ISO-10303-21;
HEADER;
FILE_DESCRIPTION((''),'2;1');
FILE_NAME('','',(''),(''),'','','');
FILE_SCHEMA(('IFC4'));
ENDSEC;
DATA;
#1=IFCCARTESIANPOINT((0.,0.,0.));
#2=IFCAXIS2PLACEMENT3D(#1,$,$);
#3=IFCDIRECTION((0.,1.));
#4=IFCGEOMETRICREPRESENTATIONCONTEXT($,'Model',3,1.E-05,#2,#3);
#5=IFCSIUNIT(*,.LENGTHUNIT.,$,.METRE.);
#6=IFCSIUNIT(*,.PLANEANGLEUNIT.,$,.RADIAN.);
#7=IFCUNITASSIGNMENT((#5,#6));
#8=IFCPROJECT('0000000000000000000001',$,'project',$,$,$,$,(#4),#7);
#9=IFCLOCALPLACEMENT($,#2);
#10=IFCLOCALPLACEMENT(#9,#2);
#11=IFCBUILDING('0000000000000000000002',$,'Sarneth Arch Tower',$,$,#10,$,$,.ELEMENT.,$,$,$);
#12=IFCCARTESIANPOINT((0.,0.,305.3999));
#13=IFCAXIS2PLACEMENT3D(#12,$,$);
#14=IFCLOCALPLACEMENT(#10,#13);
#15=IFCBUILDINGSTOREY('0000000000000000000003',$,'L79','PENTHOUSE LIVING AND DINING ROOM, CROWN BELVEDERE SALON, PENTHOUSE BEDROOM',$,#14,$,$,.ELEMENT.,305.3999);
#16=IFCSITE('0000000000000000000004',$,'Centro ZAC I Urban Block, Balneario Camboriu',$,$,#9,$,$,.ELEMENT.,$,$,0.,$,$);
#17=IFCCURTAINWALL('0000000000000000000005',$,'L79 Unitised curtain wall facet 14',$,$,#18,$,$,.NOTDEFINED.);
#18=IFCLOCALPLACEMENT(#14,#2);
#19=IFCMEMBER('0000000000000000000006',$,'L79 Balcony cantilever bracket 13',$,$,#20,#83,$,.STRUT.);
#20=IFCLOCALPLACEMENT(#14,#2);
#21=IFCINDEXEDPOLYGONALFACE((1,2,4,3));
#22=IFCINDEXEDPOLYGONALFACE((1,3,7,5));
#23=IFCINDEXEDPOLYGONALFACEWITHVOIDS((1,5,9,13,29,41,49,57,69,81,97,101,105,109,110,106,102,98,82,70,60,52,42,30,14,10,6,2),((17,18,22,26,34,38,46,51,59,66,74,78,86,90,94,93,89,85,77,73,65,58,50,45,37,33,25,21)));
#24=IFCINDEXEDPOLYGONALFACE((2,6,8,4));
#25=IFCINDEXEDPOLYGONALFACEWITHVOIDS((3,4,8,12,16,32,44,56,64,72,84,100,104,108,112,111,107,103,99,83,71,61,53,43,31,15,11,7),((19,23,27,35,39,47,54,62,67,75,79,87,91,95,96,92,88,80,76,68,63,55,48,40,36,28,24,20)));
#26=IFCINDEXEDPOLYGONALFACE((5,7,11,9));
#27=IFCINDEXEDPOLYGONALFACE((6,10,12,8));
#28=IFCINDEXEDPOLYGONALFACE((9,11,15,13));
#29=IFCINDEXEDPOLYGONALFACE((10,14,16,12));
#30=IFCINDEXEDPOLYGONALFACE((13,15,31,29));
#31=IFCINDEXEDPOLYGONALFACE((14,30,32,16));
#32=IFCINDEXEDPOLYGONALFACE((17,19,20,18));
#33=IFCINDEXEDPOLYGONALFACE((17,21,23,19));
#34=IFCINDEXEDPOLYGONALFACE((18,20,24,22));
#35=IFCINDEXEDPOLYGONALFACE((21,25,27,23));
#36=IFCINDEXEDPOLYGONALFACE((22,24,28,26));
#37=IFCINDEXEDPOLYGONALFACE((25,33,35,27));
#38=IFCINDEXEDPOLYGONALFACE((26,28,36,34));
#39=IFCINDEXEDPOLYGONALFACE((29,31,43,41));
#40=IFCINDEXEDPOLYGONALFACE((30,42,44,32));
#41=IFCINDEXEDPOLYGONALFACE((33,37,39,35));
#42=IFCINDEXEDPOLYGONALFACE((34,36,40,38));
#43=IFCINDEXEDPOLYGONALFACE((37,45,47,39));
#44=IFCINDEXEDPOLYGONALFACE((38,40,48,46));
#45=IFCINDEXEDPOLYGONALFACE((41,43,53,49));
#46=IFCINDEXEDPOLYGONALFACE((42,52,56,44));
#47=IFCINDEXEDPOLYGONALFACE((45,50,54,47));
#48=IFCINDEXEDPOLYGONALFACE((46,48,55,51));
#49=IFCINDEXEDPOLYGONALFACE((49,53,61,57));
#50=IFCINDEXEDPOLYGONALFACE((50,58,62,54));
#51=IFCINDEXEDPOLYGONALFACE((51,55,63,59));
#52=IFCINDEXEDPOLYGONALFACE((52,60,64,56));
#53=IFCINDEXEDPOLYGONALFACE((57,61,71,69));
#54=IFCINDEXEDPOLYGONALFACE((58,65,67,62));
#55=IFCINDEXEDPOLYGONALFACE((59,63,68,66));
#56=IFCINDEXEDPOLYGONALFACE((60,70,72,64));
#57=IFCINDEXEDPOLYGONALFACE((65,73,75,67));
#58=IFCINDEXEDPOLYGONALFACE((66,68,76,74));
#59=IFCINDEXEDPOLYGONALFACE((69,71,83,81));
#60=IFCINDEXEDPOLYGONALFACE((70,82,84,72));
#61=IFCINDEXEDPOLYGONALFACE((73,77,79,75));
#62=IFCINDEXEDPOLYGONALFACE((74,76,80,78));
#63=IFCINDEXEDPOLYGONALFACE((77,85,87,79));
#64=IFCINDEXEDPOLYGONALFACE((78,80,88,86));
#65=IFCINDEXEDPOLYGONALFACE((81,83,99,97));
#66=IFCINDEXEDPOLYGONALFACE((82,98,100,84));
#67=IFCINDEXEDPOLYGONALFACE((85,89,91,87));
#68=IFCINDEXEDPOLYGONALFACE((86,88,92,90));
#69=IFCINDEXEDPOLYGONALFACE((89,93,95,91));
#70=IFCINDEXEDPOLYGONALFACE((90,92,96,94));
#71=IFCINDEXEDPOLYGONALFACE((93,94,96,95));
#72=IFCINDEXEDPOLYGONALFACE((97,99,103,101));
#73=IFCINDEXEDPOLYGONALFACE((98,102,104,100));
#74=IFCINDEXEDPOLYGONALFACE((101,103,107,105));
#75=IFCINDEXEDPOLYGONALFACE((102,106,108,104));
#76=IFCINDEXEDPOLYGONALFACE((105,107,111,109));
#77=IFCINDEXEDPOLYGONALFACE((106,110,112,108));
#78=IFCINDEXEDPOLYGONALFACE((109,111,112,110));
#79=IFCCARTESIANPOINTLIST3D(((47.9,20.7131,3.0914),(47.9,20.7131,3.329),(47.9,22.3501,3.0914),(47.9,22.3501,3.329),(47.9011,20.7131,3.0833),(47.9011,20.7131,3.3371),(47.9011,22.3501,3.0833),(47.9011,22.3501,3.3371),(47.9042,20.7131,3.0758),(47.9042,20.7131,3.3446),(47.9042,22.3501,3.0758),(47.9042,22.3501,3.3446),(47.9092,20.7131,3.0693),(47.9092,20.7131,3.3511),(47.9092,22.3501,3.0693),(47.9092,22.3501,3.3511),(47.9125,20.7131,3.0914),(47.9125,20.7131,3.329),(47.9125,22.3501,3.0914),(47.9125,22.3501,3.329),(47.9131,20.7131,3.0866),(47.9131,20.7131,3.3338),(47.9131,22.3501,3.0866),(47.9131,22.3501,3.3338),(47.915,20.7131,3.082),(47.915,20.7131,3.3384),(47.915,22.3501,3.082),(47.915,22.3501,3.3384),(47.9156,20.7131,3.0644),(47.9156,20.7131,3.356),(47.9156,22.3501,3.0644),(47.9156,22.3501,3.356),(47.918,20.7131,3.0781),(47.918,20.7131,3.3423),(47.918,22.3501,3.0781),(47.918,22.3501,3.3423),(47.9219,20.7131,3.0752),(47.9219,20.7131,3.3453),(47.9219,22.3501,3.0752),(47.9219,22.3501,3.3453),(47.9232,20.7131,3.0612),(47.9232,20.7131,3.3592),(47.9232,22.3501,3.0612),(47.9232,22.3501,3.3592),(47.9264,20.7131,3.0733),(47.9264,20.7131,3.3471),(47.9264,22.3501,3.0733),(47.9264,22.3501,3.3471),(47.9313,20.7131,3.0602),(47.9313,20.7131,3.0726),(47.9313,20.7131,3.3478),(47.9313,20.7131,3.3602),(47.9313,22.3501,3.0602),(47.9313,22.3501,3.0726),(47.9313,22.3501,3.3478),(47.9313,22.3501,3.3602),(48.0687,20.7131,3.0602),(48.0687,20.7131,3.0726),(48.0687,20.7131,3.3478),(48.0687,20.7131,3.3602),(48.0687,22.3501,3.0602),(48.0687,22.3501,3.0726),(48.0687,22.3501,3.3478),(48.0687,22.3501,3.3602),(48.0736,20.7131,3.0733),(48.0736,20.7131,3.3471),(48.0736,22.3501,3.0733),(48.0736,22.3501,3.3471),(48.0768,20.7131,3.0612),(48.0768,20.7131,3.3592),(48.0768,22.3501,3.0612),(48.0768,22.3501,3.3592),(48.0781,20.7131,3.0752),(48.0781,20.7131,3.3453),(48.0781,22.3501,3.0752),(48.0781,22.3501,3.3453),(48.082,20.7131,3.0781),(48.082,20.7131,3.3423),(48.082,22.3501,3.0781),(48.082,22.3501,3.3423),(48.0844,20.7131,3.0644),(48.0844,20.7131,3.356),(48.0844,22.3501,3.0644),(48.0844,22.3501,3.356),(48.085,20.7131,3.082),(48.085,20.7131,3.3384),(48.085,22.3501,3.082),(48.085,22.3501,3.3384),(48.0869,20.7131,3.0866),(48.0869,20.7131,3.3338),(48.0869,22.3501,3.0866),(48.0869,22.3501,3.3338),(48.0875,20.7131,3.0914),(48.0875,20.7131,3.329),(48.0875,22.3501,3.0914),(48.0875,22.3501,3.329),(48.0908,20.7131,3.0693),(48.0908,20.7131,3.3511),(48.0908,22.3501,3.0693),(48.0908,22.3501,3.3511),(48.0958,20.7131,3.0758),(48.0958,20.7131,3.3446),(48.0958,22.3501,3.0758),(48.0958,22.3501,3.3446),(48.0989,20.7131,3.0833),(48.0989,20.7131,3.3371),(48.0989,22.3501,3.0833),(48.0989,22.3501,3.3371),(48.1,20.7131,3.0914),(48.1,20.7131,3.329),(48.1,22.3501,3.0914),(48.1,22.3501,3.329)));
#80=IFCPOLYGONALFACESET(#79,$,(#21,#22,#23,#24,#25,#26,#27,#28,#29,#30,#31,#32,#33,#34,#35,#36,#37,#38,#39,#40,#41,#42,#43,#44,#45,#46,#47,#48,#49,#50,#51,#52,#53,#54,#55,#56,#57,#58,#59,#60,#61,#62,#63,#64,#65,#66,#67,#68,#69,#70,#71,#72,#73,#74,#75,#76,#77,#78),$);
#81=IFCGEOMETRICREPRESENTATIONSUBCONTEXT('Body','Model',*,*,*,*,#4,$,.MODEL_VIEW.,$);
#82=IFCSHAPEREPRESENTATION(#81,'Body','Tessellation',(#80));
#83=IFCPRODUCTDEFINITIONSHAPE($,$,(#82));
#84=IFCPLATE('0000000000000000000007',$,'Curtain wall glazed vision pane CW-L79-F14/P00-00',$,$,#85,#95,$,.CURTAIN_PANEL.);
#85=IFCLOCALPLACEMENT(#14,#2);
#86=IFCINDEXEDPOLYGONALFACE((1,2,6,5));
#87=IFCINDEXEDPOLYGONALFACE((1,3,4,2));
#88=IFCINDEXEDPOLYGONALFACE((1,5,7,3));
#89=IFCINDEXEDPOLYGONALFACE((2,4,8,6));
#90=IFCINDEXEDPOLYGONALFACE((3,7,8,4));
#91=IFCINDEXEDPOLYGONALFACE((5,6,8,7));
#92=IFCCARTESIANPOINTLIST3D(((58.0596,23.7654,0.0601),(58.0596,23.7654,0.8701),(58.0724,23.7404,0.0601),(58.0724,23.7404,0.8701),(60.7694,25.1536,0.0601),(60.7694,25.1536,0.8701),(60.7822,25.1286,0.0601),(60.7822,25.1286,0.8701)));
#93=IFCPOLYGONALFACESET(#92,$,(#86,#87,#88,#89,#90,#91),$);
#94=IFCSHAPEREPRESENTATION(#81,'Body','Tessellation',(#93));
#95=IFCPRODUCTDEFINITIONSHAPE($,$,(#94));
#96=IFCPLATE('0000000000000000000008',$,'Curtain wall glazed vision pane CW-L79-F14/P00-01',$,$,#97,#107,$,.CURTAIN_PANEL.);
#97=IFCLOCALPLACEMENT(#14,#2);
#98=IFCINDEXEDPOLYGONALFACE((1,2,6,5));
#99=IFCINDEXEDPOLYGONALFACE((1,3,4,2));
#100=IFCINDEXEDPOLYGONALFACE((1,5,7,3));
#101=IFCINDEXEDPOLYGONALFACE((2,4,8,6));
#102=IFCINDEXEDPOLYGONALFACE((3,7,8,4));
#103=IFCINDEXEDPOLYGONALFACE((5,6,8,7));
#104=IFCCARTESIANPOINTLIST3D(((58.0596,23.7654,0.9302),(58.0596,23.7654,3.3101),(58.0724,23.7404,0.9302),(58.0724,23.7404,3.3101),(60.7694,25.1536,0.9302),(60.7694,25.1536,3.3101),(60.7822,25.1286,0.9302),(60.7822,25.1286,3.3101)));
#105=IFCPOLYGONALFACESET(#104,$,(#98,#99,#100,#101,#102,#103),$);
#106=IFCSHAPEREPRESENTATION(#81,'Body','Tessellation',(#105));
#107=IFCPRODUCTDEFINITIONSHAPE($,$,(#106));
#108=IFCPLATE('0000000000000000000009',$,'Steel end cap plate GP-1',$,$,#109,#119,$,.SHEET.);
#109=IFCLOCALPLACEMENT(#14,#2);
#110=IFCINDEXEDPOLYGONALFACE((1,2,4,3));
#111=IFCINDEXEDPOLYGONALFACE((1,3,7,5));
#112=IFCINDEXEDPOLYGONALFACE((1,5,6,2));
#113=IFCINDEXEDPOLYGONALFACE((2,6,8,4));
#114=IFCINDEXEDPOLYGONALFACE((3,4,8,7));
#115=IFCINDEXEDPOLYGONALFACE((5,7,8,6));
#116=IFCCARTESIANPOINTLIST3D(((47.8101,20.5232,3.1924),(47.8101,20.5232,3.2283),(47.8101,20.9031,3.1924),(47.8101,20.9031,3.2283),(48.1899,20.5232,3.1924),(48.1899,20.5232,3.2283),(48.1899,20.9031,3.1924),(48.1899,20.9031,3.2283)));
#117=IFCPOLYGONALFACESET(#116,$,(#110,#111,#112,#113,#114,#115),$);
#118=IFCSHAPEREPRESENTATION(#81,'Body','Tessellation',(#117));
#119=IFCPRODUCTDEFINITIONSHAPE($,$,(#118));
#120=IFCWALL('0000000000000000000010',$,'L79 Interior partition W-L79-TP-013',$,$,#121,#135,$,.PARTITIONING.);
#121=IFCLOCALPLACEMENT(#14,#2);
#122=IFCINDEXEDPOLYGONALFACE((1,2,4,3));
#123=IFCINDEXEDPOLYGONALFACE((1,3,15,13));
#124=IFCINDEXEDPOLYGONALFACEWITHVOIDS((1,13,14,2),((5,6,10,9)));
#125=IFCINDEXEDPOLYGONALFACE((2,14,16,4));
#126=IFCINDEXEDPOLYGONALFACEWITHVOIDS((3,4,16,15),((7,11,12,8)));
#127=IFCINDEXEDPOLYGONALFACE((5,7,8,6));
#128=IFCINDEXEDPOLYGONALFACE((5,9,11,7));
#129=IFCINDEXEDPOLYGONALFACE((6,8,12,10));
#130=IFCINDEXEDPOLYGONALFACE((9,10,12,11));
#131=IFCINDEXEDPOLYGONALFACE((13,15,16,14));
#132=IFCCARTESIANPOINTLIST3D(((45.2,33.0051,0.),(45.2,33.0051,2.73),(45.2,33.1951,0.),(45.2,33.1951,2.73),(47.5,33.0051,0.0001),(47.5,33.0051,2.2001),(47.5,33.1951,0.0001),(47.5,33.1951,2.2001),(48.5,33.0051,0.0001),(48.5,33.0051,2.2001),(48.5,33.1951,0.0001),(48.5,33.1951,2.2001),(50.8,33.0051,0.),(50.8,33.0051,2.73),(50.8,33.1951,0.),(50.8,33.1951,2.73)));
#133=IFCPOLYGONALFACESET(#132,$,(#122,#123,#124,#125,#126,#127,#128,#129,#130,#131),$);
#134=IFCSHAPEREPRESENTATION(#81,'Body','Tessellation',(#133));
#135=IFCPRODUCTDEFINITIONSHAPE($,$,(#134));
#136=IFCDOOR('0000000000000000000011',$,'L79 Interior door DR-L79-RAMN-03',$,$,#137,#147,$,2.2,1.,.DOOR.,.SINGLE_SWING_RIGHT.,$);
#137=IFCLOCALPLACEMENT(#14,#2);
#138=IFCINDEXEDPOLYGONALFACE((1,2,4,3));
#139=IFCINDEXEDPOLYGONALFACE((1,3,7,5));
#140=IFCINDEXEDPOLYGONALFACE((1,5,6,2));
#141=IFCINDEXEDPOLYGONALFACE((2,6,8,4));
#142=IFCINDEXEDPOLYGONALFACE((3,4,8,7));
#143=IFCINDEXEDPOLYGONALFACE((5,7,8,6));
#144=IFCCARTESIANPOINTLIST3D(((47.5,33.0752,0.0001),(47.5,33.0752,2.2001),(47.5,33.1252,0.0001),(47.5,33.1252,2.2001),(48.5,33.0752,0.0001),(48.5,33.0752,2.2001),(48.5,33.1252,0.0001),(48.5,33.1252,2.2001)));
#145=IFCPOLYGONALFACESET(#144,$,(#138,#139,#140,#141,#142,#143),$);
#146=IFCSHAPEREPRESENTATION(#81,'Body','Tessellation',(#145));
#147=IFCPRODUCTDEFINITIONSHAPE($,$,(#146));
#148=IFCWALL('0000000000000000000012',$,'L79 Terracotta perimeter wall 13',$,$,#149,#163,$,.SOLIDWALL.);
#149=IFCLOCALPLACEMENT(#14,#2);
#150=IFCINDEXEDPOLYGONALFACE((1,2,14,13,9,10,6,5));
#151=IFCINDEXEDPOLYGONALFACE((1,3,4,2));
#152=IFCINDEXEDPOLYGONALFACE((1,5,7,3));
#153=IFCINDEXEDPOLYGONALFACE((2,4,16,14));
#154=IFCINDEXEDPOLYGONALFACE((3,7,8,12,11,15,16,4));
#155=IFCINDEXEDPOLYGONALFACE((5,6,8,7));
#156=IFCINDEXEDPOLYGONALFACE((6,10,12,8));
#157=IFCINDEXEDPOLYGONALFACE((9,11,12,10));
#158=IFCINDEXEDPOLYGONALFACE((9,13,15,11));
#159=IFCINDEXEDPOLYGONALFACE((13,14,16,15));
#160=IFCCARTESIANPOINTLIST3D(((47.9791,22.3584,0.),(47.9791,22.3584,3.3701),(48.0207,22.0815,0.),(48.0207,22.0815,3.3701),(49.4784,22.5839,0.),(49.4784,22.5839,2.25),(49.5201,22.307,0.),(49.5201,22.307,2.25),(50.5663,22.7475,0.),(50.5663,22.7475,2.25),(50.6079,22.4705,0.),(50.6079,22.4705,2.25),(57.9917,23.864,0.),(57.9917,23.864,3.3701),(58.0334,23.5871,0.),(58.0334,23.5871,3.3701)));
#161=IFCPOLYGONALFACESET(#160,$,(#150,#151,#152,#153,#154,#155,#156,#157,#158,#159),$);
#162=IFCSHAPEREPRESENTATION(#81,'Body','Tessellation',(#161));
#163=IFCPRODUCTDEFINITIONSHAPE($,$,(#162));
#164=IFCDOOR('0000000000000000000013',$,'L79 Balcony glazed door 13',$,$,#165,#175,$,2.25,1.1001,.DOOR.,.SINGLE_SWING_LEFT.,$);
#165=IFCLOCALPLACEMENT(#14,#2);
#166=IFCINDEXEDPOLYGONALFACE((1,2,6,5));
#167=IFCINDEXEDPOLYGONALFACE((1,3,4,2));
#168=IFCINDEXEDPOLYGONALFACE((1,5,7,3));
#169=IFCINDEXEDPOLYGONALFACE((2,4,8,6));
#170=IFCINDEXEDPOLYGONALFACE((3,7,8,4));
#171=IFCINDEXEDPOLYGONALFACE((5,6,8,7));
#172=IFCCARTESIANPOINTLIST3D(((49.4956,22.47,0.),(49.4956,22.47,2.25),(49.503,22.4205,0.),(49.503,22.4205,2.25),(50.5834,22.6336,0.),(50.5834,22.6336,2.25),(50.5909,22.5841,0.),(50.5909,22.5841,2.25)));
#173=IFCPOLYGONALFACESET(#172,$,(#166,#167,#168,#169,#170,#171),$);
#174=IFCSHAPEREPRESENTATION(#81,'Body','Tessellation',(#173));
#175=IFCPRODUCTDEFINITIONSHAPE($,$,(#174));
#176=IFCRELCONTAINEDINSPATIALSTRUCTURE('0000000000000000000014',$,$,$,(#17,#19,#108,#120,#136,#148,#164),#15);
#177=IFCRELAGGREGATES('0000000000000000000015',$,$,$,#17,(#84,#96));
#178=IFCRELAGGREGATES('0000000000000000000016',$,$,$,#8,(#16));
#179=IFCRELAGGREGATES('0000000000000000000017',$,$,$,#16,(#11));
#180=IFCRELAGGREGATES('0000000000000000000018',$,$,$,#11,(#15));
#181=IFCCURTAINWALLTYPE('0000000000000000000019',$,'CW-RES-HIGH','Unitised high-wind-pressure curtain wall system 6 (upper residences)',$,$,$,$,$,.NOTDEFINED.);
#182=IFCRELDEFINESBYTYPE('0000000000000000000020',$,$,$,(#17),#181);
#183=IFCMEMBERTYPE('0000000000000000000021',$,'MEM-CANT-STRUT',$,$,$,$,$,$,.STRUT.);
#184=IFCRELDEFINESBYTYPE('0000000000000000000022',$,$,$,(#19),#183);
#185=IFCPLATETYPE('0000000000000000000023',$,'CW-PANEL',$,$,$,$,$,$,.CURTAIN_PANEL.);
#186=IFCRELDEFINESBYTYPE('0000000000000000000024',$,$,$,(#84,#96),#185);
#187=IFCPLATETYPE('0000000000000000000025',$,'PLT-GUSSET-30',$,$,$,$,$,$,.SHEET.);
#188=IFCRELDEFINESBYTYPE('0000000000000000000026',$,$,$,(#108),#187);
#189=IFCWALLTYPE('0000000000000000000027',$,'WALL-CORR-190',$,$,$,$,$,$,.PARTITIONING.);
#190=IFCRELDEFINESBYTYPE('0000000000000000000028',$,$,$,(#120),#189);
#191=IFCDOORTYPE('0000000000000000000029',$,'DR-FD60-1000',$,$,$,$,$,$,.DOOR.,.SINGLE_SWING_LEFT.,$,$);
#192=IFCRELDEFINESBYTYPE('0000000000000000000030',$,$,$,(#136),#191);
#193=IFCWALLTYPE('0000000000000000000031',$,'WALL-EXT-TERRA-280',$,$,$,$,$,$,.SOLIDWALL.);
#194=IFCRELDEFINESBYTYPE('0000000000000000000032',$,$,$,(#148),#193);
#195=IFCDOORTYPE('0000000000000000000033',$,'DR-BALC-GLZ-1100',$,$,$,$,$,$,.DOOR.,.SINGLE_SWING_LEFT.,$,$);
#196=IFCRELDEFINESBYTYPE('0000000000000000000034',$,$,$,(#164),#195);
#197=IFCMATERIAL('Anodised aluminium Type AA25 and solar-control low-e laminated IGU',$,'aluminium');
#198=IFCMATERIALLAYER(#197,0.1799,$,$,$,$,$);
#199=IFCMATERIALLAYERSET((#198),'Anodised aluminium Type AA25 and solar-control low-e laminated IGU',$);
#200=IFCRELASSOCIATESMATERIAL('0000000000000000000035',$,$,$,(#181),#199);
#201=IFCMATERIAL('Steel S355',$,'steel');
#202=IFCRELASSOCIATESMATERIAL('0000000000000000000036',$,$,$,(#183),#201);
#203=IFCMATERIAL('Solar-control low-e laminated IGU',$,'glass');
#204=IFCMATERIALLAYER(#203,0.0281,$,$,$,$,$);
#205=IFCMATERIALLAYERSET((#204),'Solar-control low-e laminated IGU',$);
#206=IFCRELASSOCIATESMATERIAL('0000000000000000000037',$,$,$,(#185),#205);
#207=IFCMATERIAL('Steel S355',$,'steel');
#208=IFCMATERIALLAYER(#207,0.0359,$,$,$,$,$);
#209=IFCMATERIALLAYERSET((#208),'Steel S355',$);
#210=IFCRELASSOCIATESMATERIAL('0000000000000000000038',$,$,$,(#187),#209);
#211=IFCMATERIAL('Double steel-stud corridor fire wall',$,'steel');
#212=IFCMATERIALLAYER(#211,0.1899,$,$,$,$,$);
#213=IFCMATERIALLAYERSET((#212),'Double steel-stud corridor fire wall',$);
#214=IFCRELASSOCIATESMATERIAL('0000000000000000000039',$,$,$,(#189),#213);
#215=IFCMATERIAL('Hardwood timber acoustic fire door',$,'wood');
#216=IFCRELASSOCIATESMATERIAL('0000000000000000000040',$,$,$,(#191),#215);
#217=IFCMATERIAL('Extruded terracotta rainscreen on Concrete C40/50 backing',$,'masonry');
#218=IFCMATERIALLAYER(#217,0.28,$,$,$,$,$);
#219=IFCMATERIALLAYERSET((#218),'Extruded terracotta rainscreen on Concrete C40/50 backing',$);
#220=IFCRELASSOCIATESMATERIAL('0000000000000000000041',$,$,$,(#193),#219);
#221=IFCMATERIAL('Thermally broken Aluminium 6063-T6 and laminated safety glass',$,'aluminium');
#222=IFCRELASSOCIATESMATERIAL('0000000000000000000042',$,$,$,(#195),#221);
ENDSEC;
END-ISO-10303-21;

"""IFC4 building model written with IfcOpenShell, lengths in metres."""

from ifc_helpers import new_model, si_unit, direction, frame, frame_2d, origin, origin_2d, place, context, subcontext, project, spatial, rectangle, hollow_rectangle, extrude, material, layer, layer_set, material_profile, profile_set, type_object, element, fill, aggregate, save


model = new_model("IFC4")

# Units and contexts
model_context = context("Model", 3, precision=1e-05, world=origin(), true_north=direction((0.0, 1.0)))
body_context = subcontext(model_context, "Body", "Model", "MODEL_VIEW")
ifc_project = project(units=[si_unit("LENGTHUNIT", "METRE"), si_unit("PLANEANGLEUNIT", "RADIAN")], contexts=[model_context])

# Site, building, storey
site_placement = place(None, origin())
site = spatial("IfcSite", under=ifc_project, at=site_placement, Name="Centro ZAC I Urban Block, Balneario Camboriu", CompositionType="ELEMENT", RefElevation=0.0)
building_placement = place(site_placement, origin())
building = spatial("IfcBuilding", under=site, at=building_placement, Name="Sarneth Arch Tower", CompositionType="ELEMENT")
storey_placement = place(building_placement, frame((0.0, 0.0, 305.3999)))
storey = spatial("IfcBuildingStorey", under=building, at=storey_placement, Name="L79", Description="PENTHOUSE LIVING AND DINING ROOM, CROWN BELVEDERE SALON, PENTHOUSE BEDROOM", CompositionType="ELEMENT", Elevation=305.3999)

# Curtain wall
ifc_material_1 = material(Name="Anodised aluminium Type AA25 and solar-control low-e laminated IGU", Category="aluminium")
ifc_layer_1 = layer(ifc_material_1, 0.1799)
ifc_layer_set_1 = layer_set([ifc_layer_1], Name="Anodised aluminium Type AA25 and solar-control low-e laminated IGU")
curtain_wall_type = type_object("IfcCurtainWallType", Name="CW-RES-HIGH", Description="Unitised high-wind-pressure curtain wall system 6 (upper residences)", PredefinedType="NOTDEFINED", material=ifc_layer_set_1)
curtain_wall_placement = place(storey_placement, origin())
curtain_wall = element("IfcCurtainWall", 1, at=curtain_wall_placement, inside=storey, type_object=curtain_wall_type, Name="L79 Unitised curtain wall facet 14", PredefinedType="NOTDEFINED")

# Member
ifc_material_2 = material(Name="Steel S355", Category="steel")
ifc_material_profile_1 = material_profile(ifc_material_2, hollow_rectangle(XDim=0.2, YDim=0.3, WallThickness=0.0125, InnerFilletRadius=0.0188, OuterFilletRadius=0.0312, at=origin_2d()), Name="RHS300x200x12.5")
ifc_profile_set_1 = profile_set([ifc_material_profile_1], Name="Steel S355")
member_type_1 = type_object("IfcMemberType", Name="MEM-CANT-STRUT", PredefinedType="STRUT", material=ifc_profile_set_1)
member_1_placement = place(storey_placement, frame((48.0, 22.3501, 3.2102), z_axis=(0.0, -1.0, 0.0), x_axis=(1.0, 0.0, 0.0)))
element("IfcMember", 2, at=member_1_placement, inside=storey, type_object=member_type_1, Name="L79 Balcony cantilever bracket 13", PredefinedType="STRUT", context=body_context, shape_type="SweptSolid", body=[
    extrude(hollow_rectangle(XDim=0.2, YDim=0.3, WallThickness=0.0125, InnerFilletRadius=0.0188, OuterFilletRadius=0.0312, at=origin_2d()), origin(), (0.0, 0.0, 1.0), 1.637),
])

# Plates
ifc_material_3 = material(Name="Solar-control low-e laminated IGU", Category="glass")
ifc_layer_2 = layer(ifc_material_3, 0.0281)
ifc_layer_set_2 = layer_set([ifc_layer_2], Name="Solar-control low-e laminated IGU")
plate_type_1 = type_object("IfcPlateType", Name="CW-PANEL", PredefinedType="CURTAIN_PANEL", material=ifc_layer_set_2)
plate_1_placement = place(storey_placement, frame((59.4209, 24.447, 0.0601), z_axis=(0.0, 0.0, 1.0), x_axis=(0.89001, 0.455942, 0.0)))
plate_1 = element("IfcPlate", 3, at=plate_1_placement, type_object=plate_type_1, Name="Curtain wall glazed vision pane CW-L79-F14/P00-00", PredefinedType="CURTAIN_PANEL", context=body_context, shape_type="SweptSolid", body=[
    extrude(rectangle(XDim=3.0447, YDim=0.0281, at=origin_2d()), origin(), (0.0, 0.0, 1.0), 0.8101),
])
plate_2_placement = place(storey_placement, frame((59.4209, 24.447, 0.9302), z_axis=(0.0, 0.0, 1.0), x_axis=(0.89001, 0.455942, 0.0)))
plate_2 = element("IfcPlate", 4, at=plate_2_placement, type_object=plate_type_1, Name="Curtain wall glazed vision pane CW-L79-F14/P00-01", PredefinedType="CURTAIN_PANEL", context=body_context, shape_type="SweptSolid", body=[
    extrude(rectangle(XDim=3.0447, YDim=0.0281, at=origin_2d()), origin(), (0.0, 0.0, 1.0), 2.3799),
])
aggregate(curtain_wall, [plate_1, plate_2])
ifc_material_4 = material(Name="Steel S355", Category="steel")
ifc_layer_3 = layer(ifc_material_4, 0.0359)
ifc_layer_set_3 = layer_set([ifc_layer_3], Name="Steel S355")
plate_type_2 = type_object("IfcPlateType", Name="PLT-GUSSET-30", PredefinedType="SHEET", material=ifc_layer_set_3)
plate_3_placement = place(storey_placement, frame((48.0, 20.7131, 3.1924), z_axis=(0.0, 0.0, 1.0), x_axis=(0.0, -1.0, 0.0)))
element("IfcPlate", 5, at=plate_3_placement, inside=storey, type_object=plate_type_2, Name="Steel end cap plate GP-1", PredefinedType="SHEET", context=body_context, shape_type="SweptSolid", body=[
    extrude(rectangle(XDim=0.3799, YDim=0.3799, at=origin_2d()), origin(), (0.0, 0.0, 1.0), 0.0359),
])

# Walls, openings, doors
ifc_material_5 = material(Name="Double steel-stud corridor fire wall", Category="steel")
ifc_layer_4 = layer(ifc_material_5, 0.1899)
ifc_layer_set_4 = layer_set([ifc_layer_4], Name="Double steel-stud corridor fire wall")
wall_type_1 = type_object("IfcWallType", Name="WALL-CORR-190", PredefinedType="PARTITIONING", material=ifc_layer_set_4)
wall_1_placement = place(storey_placement, frame((50.8, 33.1001, 0.0), z_axis=(0.0, 0.0, 1.0), x_axis=(-1.0, 0.0, 0.0)))
wall_1 = element("IfcWall", 6, at=wall_1_placement, inside=storey, type_object=wall_type_1, Name="L79 Interior partition W-L79-TP-013", PredefinedType="PARTITIONING", context=body_context, shape_type="SweptSolid", body=[
    extrude(rectangle(XDim=5.6001, YDim=0.1899, at=frame_2d((2.8, 0.0))), origin(), (0.0, 0.0, 1.0), 2.73),
])
opening_1_placement = place(wall_1_placement, frame((2.3, 0.0, 0.0)))
opening_1 = element("IfcOpeningElement", 7, at=opening_1_placement, cuts=wall_1, PredefinedType="OPENING", context=body_context, shape_type="SweptSolid", body=[
    extrude(rectangle(XDim=1.0, YDim=2.2, at=frame_2d((0.5, 1.1001))), frame((0.0, 0.105, 0.0), z_axis=(0.0, -1.0, 0.0), x_axis=(1.0, 0.0, 0.0)), (0.0, 0.0, 1.0), 0.21),
])
ifc_material_6 = material(Name="Hardwood timber acoustic fire door", Category="wood")
door_type_1 = type_object("IfcDoorType", Name="DR-FD60-1000", OperationType="SINGLE_SWING_LEFT", PredefinedType="DOOR", material=ifc_material_6)
door_1_placement = place(opening_1_placement, origin())
door_1 = element("IfcDoor", 8, at=door_1_placement, inside=storey, type_object=door_type_1, Name="L79 Interior door DR-L79-RAMN-03", OperationType="SINGLE_SWING_RIGHT", OverallHeight=2.2, OverallWidth=1.0, PredefinedType="DOOR", context=body_context, shape_type="SweptSolid", body=[
    extrude(rectangle(XDim=1.0, YDim=2.2, at=frame_2d((0.5, 1.1001))), frame((0.0, 0.0249, 0.0), z_axis=(0.0, -1.0, 0.0), x_axis=(1.0, 0.0, 0.0)), (0.0, 0.0, 1.0), 0.05),
])
fill(opening_1, door_1)
ifc_material_7 = material(Name="Extruded terracotta rainscreen on Concrete C40/50 backing", Category="masonry")
ifc_layer_5 = layer(ifc_material_7, 0.28)
ifc_layer_set_5 = layer_set([ifc_layer_5], Name="Extruded terracotta rainscreen on Concrete C40/50 backing")
wall_type_2 = type_object("IfcWallType", Name="WALL-EXT-TERRA-280", PredefinedType="SOLIDWALL", material=ifc_layer_set_5)
wall_2_placement = place(storey_placement, frame((48.0, 22.22, 0.0), z_axis=(0.0, 0.0, 1.0), x_axis=(0.988883, 0.148699, 0.0)))
wall_2 = element("IfcWall", 9, at=wall_2_placement, inside=storey, type_object=wall_type_2, Name="L79 Terracotta perimeter wall 13", PredefinedType="SOLIDWALL", context=body_context, shape_type="SweptSolid", body=[
    extrude(rectangle(XDim=10.1252, YDim=0.28, at=frame_2d((5.0625, 0.0))), origin(), (0.0, 0.0, 1.0), 3.3701),
])
opening_2_placement = place(wall_2_placement, frame((1.5161, 0.0, 0.0)))
opening_2 = element("IfcOpeningElement", 10, at=opening_2_placement, cuts=wall_2, PredefinedType="OPENING", context=body_context, shape_type="SweptSolid", body=[
    extrude(rectangle(XDim=1.1001, YDim=2.25, at=frame_2d((0.55, 1.125))), frame((0.0, 0.1499, 0.0), z_axis=(0.0, -1.0, 0.0), x_axis=(1.0, 0.0, 0.0)), (0.0, 0.0, 1.0), 0.3),
])
ifc_material_8 = material(Name="Thermally broken Aluminium 6063-T6 and laminated safety glass", Category="aluminium")
door_type_2 = type_object("IfcDoorType", Name="DR-BALC-GLZ-1100", OperationType="SINGLE_SWING_LEFT", PredefinedType="DOOR", material=ifc_material_8)
door_2_placement = place(opening_2_placement, origin())
door_2 = element("IfcDoor", 11, at=door_2_placement, inside=storey, type_object=door_type_2, Name="L79 Balcony glazed door 13", OperationType="SINGLE_SWING_LEFT", OverallHeight=2.25, OverallWidth=1.1001, PredefinedType="DOOR", context=body_context, shape_type="SweptSolid", body=[
    extrude(rectangle(XDim=1.1001, YDim=2.25, at=frame_2d((0.55, 1.125))), frame((0.0, 0.0249, 0.0), z_axis=(0.0, -1.0, 0.0), x_axis=(1.0, 0.0, 0.0)), (0.0, 0.0, 1.0), 0.05),
])
fill(opening_2, door_2)

save(model, "model.ifc")
